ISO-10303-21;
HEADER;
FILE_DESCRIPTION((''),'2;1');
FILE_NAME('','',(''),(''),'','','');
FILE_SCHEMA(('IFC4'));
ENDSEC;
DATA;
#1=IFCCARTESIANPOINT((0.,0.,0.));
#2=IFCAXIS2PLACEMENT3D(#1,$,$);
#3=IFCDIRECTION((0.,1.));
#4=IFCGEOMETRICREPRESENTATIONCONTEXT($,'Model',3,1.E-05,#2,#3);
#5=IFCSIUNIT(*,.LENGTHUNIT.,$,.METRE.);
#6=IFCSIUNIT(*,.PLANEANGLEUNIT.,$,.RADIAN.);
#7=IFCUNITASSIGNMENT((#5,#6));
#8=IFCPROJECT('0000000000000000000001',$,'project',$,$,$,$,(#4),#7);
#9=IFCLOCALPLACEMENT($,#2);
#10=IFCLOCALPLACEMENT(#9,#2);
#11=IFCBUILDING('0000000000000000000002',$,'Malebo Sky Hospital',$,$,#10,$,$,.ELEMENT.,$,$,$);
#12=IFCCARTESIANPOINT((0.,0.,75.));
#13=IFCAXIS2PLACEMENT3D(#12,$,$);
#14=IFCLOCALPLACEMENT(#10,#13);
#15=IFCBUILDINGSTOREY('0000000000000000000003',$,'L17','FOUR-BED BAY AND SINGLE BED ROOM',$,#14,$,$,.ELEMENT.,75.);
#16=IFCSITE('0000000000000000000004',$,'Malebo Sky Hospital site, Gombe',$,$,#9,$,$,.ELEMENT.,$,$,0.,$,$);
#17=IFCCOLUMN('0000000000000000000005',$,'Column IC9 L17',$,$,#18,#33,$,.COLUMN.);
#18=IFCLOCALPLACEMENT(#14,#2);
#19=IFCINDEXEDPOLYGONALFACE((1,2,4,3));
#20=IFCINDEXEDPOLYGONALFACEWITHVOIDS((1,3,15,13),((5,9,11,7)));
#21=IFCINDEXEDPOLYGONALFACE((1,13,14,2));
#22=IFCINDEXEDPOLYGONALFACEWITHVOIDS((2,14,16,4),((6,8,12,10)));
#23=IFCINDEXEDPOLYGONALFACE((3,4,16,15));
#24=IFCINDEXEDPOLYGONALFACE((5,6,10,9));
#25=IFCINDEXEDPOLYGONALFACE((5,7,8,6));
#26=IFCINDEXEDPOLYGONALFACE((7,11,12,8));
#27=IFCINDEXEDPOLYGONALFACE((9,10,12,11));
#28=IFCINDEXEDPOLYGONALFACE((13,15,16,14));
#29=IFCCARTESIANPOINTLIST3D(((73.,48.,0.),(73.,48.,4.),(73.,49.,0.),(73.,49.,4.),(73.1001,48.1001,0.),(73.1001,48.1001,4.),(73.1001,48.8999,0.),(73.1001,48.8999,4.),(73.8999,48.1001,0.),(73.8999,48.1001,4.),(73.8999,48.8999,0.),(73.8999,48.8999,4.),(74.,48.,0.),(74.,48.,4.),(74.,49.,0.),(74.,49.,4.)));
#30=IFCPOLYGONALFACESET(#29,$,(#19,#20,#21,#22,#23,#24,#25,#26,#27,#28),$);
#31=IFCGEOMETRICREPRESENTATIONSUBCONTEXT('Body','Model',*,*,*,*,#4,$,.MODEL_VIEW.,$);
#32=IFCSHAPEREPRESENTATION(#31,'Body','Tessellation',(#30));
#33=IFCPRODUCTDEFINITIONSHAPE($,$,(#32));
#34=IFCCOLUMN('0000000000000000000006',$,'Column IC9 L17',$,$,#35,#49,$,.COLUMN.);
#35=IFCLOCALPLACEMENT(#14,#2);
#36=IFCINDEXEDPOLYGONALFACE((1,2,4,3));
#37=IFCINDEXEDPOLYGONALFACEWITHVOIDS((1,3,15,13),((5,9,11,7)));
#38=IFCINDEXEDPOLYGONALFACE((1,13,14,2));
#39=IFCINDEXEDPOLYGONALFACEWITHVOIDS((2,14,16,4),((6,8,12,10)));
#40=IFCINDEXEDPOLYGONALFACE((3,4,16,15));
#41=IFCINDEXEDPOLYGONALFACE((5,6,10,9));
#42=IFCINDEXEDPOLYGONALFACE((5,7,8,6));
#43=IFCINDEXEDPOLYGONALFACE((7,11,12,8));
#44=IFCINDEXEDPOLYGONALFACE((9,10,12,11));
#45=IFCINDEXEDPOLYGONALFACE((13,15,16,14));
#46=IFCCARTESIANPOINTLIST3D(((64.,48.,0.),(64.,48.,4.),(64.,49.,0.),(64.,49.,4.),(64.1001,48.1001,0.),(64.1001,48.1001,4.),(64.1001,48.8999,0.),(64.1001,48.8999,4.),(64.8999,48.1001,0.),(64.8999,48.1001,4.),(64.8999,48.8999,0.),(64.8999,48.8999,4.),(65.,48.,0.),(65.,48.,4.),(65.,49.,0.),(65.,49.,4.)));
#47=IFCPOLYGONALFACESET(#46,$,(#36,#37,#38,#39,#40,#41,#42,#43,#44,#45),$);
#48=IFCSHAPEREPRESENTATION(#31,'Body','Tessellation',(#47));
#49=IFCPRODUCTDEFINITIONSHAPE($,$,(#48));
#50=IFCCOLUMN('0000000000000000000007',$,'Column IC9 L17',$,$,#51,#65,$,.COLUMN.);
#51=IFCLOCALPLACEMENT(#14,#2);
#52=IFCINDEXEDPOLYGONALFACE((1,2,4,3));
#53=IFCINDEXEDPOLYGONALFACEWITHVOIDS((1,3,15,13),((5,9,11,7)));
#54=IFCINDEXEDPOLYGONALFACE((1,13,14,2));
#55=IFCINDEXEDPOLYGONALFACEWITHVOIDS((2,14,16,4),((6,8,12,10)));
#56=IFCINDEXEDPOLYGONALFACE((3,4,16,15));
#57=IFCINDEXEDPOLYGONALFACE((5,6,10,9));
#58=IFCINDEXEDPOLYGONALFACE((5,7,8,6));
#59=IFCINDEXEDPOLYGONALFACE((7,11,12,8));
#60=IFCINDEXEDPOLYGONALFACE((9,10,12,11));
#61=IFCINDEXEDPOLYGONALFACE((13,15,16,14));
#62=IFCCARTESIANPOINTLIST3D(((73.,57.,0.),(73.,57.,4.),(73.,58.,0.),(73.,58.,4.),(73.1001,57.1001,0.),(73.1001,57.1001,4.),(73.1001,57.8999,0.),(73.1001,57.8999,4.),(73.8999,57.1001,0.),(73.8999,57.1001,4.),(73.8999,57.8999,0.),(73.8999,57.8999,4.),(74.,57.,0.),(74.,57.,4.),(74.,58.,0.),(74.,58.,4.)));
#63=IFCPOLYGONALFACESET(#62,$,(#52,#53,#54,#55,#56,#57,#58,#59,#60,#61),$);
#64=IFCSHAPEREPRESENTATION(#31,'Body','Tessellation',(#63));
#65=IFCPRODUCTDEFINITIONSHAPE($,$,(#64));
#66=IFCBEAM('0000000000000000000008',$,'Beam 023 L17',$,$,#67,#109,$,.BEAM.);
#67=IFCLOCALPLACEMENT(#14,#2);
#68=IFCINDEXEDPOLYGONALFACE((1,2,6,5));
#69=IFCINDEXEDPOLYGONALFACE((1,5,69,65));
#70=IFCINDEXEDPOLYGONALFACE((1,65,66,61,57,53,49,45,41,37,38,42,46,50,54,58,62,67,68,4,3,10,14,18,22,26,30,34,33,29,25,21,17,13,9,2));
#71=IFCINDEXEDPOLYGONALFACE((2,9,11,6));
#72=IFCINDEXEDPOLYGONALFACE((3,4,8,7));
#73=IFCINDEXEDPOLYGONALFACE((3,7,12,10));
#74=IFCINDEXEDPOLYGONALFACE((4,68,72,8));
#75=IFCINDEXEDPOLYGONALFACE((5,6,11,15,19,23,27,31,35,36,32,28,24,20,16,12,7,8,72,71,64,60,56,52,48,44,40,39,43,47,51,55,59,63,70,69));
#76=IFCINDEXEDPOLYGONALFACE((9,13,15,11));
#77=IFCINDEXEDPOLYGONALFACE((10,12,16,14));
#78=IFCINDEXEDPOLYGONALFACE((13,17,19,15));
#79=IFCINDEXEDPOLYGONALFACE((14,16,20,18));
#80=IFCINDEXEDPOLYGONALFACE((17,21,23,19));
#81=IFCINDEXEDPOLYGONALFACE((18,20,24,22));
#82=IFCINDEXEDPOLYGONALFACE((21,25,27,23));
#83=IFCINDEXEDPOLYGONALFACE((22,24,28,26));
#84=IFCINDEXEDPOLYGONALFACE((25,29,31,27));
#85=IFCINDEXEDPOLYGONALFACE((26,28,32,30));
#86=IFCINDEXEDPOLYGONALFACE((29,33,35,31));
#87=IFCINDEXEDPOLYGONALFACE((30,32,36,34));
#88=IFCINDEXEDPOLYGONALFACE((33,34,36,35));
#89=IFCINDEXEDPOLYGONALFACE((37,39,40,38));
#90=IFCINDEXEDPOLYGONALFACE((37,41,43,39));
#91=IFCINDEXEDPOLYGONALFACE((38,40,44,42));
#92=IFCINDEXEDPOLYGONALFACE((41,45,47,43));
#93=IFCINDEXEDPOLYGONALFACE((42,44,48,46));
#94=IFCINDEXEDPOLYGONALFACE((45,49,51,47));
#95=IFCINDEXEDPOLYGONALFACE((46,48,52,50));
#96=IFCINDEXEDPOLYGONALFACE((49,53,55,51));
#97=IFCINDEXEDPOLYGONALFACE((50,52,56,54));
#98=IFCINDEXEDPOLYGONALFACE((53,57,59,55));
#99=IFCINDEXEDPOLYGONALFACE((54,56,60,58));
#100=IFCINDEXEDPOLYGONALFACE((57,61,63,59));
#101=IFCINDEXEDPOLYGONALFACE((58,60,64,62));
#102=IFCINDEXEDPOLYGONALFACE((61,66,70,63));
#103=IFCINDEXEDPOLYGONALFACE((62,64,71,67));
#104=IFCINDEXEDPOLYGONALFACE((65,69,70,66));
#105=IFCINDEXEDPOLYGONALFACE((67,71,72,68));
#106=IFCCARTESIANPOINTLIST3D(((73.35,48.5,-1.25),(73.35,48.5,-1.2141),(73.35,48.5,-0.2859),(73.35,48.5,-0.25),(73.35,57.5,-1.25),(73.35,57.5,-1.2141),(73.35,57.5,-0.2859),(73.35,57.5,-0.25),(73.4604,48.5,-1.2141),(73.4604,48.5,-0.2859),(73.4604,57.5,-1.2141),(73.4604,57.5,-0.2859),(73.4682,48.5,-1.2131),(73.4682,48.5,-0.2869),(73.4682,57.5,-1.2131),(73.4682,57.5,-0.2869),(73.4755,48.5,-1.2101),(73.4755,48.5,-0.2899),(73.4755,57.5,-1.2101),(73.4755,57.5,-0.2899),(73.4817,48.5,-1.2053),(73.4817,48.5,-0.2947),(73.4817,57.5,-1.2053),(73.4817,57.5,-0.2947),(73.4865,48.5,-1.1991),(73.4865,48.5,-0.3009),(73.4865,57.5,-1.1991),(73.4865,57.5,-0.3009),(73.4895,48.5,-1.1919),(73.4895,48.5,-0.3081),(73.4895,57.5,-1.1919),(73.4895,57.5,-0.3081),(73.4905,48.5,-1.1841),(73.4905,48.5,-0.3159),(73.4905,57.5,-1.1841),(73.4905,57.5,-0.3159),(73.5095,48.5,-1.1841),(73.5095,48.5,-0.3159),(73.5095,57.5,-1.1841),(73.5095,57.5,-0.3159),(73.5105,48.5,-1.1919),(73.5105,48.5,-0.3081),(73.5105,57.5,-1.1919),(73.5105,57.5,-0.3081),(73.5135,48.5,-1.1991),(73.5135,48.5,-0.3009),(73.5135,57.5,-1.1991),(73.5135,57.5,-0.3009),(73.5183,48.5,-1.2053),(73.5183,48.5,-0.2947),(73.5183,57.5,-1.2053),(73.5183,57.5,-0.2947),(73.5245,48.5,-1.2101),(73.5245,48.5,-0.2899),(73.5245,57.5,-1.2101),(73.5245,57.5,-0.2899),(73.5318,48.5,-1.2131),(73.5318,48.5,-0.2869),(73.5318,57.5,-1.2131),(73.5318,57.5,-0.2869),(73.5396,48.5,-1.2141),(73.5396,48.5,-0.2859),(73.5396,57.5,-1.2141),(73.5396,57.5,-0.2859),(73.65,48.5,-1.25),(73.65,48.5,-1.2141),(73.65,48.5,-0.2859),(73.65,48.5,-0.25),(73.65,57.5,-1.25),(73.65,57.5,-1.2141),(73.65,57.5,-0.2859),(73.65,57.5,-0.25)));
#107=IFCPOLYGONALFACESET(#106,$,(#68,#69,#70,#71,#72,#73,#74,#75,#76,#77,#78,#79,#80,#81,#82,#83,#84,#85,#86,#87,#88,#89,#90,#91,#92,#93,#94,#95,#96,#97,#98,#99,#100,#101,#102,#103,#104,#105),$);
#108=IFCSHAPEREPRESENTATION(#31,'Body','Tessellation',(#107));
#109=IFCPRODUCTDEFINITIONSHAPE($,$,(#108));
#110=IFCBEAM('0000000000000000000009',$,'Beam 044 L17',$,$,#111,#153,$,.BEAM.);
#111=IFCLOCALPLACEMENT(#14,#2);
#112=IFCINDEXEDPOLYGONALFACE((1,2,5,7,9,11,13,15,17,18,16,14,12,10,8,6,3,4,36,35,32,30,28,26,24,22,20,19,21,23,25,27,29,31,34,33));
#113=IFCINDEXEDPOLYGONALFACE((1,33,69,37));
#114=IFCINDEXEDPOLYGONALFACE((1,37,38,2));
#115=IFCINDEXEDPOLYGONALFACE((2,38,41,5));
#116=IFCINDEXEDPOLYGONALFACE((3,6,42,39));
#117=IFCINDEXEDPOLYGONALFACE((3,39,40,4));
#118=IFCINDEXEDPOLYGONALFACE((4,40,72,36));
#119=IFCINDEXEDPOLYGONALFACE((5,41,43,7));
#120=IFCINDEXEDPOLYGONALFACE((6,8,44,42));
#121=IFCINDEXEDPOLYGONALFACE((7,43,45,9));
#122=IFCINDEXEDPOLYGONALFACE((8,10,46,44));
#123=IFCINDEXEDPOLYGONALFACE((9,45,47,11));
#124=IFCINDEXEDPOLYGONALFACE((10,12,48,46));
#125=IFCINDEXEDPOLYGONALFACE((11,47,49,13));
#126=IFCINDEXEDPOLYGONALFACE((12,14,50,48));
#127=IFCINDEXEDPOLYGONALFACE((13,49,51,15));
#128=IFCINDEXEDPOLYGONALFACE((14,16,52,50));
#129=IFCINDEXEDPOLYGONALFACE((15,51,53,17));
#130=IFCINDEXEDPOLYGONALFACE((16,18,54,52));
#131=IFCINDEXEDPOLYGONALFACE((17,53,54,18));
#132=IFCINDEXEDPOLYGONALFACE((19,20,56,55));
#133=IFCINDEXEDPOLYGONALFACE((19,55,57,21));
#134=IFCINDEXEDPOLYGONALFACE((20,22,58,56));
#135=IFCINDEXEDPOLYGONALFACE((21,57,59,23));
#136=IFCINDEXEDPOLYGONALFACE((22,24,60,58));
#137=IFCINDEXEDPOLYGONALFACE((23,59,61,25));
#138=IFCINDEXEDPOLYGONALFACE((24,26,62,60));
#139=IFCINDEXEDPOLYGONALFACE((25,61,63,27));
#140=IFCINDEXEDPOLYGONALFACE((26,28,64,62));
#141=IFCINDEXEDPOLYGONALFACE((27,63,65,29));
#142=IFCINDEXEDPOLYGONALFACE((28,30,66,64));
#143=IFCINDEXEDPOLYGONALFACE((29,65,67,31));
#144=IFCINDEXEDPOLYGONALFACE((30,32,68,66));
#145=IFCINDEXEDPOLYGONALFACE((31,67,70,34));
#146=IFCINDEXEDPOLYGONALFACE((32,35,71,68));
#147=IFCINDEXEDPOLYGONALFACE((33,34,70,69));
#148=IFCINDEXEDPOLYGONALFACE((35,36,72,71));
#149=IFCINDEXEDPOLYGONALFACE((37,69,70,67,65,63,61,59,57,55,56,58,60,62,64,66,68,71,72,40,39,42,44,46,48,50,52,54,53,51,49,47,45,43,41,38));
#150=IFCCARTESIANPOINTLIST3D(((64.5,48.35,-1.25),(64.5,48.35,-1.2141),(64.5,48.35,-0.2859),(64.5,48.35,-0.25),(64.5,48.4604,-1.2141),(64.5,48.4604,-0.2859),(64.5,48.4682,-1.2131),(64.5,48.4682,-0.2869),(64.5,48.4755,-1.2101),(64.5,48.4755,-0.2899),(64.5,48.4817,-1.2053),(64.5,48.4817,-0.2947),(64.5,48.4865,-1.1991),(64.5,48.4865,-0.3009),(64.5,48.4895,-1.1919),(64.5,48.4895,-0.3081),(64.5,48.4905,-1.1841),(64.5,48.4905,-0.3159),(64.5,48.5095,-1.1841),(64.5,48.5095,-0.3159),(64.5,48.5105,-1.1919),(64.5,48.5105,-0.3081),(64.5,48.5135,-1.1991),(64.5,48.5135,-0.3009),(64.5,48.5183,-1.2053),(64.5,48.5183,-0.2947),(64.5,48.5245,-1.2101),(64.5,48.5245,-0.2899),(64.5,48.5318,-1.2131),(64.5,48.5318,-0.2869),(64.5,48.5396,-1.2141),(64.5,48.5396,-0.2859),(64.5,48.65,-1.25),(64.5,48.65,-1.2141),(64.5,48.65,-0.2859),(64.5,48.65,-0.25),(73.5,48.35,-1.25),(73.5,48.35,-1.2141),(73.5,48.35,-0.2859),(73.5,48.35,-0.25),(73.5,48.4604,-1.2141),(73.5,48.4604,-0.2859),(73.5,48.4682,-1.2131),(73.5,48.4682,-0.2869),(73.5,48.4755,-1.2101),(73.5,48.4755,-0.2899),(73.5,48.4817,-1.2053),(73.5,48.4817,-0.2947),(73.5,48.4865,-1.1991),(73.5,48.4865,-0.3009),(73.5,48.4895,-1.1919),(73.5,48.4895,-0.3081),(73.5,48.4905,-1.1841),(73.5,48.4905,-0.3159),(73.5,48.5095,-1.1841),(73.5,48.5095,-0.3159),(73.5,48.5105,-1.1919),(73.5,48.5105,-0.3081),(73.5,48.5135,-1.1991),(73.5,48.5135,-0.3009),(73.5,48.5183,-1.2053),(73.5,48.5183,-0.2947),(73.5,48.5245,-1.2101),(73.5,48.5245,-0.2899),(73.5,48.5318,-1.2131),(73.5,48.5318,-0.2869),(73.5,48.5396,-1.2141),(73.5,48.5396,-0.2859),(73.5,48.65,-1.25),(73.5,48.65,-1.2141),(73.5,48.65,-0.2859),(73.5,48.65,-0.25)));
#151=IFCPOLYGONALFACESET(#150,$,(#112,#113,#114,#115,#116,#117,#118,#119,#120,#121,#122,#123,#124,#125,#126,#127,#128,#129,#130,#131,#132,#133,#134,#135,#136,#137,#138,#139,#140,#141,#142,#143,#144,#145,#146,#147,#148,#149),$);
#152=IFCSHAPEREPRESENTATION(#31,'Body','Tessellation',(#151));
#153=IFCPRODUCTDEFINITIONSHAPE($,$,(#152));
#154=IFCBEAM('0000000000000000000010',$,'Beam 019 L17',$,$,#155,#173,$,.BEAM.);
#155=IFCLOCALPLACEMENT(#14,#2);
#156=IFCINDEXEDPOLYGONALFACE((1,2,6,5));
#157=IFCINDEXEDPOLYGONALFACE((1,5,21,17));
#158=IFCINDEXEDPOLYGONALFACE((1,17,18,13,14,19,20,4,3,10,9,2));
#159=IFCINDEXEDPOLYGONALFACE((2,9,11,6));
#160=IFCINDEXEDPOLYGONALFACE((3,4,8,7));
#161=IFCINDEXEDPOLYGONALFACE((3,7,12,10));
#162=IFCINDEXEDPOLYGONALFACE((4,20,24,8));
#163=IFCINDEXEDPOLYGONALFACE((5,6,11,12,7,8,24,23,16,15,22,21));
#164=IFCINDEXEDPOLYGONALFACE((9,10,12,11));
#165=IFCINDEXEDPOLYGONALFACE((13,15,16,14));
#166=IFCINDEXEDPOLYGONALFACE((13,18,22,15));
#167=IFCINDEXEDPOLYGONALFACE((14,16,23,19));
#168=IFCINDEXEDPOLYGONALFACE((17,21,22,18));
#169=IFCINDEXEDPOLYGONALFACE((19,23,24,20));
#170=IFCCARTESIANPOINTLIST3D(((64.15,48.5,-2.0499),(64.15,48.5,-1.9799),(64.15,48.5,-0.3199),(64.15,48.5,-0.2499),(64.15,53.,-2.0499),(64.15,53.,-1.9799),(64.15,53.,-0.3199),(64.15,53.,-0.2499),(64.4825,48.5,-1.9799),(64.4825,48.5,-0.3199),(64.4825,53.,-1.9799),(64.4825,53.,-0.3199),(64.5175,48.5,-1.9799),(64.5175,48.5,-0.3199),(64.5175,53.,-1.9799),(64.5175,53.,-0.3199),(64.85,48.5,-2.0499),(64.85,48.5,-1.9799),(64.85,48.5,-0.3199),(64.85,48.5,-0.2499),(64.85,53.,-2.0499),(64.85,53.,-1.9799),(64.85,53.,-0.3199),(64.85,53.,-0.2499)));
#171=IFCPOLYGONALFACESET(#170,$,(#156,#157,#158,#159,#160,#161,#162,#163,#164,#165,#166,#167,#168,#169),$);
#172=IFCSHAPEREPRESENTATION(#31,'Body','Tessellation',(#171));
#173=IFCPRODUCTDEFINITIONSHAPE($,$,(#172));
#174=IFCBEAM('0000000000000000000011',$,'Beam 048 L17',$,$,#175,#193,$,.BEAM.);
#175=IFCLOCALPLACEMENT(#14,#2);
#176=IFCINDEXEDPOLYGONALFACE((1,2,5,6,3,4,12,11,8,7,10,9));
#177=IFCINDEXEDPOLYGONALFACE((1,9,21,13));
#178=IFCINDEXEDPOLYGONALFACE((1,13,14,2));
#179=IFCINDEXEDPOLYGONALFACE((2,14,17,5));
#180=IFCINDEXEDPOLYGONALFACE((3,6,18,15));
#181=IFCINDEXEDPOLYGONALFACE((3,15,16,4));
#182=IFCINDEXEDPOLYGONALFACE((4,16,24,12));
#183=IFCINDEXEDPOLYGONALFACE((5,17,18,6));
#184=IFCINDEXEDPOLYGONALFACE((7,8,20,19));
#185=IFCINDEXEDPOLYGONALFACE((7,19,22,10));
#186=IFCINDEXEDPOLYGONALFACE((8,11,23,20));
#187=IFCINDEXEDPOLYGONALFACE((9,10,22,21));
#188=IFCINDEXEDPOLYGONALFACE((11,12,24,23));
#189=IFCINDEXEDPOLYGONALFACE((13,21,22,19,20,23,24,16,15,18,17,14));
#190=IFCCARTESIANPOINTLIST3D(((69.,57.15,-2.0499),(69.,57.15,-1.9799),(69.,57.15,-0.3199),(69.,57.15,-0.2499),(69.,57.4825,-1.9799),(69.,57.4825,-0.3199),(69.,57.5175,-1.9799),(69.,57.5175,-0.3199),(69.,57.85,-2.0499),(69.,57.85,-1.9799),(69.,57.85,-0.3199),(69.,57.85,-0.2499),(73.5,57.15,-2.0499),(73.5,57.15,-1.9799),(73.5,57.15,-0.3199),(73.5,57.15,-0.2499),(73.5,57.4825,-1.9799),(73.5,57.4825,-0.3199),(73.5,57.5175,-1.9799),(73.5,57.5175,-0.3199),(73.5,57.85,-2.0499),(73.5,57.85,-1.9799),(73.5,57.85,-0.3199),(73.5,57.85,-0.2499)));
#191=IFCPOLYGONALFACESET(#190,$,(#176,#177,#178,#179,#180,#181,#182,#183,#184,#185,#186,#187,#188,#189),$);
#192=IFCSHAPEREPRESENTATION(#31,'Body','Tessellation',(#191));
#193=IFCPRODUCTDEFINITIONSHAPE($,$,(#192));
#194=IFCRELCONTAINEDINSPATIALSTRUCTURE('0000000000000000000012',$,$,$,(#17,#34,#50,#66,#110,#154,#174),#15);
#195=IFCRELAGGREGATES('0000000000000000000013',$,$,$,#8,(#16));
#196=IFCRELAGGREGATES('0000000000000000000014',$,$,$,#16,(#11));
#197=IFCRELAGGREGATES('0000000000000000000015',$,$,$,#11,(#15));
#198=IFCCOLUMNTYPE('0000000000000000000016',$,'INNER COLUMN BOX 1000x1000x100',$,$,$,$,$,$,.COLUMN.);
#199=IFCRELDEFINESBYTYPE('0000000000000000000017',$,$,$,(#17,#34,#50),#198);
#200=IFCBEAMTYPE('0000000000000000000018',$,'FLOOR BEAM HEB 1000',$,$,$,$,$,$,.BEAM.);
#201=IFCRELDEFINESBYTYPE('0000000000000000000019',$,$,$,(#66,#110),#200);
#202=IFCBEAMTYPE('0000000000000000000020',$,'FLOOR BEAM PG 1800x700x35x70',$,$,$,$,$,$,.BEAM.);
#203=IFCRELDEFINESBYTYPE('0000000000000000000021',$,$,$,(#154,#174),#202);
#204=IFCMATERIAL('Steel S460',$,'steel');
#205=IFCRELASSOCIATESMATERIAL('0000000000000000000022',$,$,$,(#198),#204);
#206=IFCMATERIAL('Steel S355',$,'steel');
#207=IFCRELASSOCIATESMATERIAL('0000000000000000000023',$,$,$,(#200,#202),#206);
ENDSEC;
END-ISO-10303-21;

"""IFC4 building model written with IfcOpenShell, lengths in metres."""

from ifc_helpers import new_model, si_unit, direction, frame, origin, origin_2d, place, context, subcontext, project, spatial, hollow_rectangle, i_section, extrude, material, material_profile, profile_set, type_object, element, save


model = new_model("IFC4")

# Units and contexts
model_context = context("Model", 3, precision=1e-05, world=origin(), true_north=direction((0.0, 1.0)))
body_context = subcontext(model_context, "Body", "Model", "MODEL_VIEW")
ifc_project = project(units=[si_unit("LENGTHUNIT", "METRE"), si_unit("PLANEANGLEUNIT", "RADIAN")], contexts=[model_context])

# Site, building, storey
site_placement = place(None, origin())
site = spatial("IfcSite", under=ifc_project, at=site_placement, Name="Malebo Sky Hospital site, Gombe", CompositionType="ELEMENT", RefElevation=0.0)
building_placement = place(site_placement, origin())
building = spatial("IfcBuilding", under=site, at=building_placement, Name="Malebo Sky Hospital", CompositionType="ELEMENT")
storey_placement = place(building_placement, frame((0.0, 0.0, 75.0)))
storey = spatial("IfcBuildingStorey", under=building, at=storey_placement, Name="L17", Description="FOUR-BED BAY AND SINGLE BED ROOM", CompositionType="ELEMENT", Elevation=75.0)

# Columns
ifc_material_1 = material(Name="Steel S460", Category="steel")
ifc_material_profile_1 = material_profile(ifc_material_1, hollow_rectangle(XDim=1.0, YDim=1.0, WallThickness=0.1001, at=origin_2d()), Name="BOX 1000x1000x100")
ifc_profile_set_1 = profile_set([ifc_material_profile_1], Name="Steel S460")
column_type = type_object("IfcColumnType", Name="INNER COLUMN BOX 1000x1000x100", PredefinedType="COLUMN", material=ifc_profile_set_1)
for number, where, z_axis, x_axis, name in (
    (1, (73.5, 48.5, 0.0), (0.0, 0.0, 1.0), (1.0, 0.0, 0.0), "Column IC9 L17"),
    (2, (64.5, 48.5, 0.0), (0.0, 0.0, 1.0), (1.0, 0.0, 0.0), "Column IC9 L17"),
    (3, (73.5, 57.5, 0.0), (0.0, 0.0, 1.0), (1.0, 0.0, 0.0), "Column IC9 L17"),
):
    element("IfcColumn", number, at=place(storey_placement, frame(where, z_axis=z_axis, x_axis=x_axis)), inside=storey, type_object=column_type, Name=name, PredefinedType="COLUMN", context=body_context, shape_type="SweptSolid", body=[
        extrude(hollow_rectangle(XDim=1.0, YDim=1.0, WallThickness=0.1001, at=origin_2d()), origin(), (0.0, 0.0, 1.0), 4.0),
    ])

# Beams
ifc_material_2 = material(Name="Steel S355", Category="steel")
ifc_material_profile_2 = material_profile(ifc_material_2, i_section(OverallWidth=0.3, OverallDepth=1.0, WebThickness=0.019, FlangeThickness=0.0359, FilletRadius=0.03, at=origin_2d()), Name="HEB 1000")
ifc_profile_set_2 = profile_set([ifc_material_profile_2], Name="Steel S355")
beam_type_1 = type_object("IfcBeamType", Name="FLOOR BEAM HEB 1000", PredefinedType="BEAM", material=ifc_profile_set_2)
for number, where, z_axis, x_axis, name in (
    (4, (73.5, 48.5, -0.75), (0.0, 1.0, 0.0), (-1.0, 0.0, 0.0), "Beam 023 L17"),
    (5, (64.5, 48.5, -0.75), (1.0, 0.0, 0.0), (0.0, 1.0, 0.0), "Beam 044 L17"),
):
    element("IfcBeam", number, at=place(storey_placement, frame(where, z_axis=z_axis, x_axis=x_axis)), inside=storey, type_object=beam_type_1, Name=name, PredefinedType="BEAM", context=body_context, shape_type="SweptSolid", body=[
        extrude(i_section(OverallWidth=0.3, OverallDepth=1.0, WebThickness=0.019, FlangeThickness=0.0359, FilletRadius=0.03, at=origin_2d()), origin(), (0.0, 0.0, 1.0), 9.0),
    ])
ifc_material_profile_3 = material_profile(ifc_material_2, i_section(OverallWidth=0.7, OverallDepth=1.8, WebThickness=0.0349, FlangeThickness=0.0701, at=origin_2d()), Name="PG 1800x700x35x70")
ifc_profile_set_3 = profile_set([ifc_material_profile_3], Name="Steel S355")
beam_type_2 = type_object("IfcBeamType", Name="FLOOR BEAM PG 1800x700x35x70", PredefinedType="BEAM", material=ifc_profile_set_3)
for number, where, z_axis, x_axis, name in (
    (6, (64.5, 48.5, -1.1499), (0.0, 1.0, 0.0), (-1.0, 0.0, 0.0), "Beam 019 L17"),
    (7, (69.0, 57.5, -1.1499), (1.0, 0.0, 0.0), (0.0, 1.0, 0.0), "Beam 048 L17"),
):
    element("IfcBeam", number, at=place(storey_placement, frame(where, z_axis=z_axis, x_axis=x_axis)), inside=storey, type_object=beam_type_2, Name=name, PredefinedType="BEAM", context=body_context, shape_type="SweptSolid", body=[
        extrude(i_section(OverallWidth=0.7, OverallDepth=1.8, WebThickness=0.0349, FlangeThickness=0.0701, at=origin_2d()), origin(), (0.0, 0.0, 1.0), 4.5),
    ])

save(model, "model.ifc")
